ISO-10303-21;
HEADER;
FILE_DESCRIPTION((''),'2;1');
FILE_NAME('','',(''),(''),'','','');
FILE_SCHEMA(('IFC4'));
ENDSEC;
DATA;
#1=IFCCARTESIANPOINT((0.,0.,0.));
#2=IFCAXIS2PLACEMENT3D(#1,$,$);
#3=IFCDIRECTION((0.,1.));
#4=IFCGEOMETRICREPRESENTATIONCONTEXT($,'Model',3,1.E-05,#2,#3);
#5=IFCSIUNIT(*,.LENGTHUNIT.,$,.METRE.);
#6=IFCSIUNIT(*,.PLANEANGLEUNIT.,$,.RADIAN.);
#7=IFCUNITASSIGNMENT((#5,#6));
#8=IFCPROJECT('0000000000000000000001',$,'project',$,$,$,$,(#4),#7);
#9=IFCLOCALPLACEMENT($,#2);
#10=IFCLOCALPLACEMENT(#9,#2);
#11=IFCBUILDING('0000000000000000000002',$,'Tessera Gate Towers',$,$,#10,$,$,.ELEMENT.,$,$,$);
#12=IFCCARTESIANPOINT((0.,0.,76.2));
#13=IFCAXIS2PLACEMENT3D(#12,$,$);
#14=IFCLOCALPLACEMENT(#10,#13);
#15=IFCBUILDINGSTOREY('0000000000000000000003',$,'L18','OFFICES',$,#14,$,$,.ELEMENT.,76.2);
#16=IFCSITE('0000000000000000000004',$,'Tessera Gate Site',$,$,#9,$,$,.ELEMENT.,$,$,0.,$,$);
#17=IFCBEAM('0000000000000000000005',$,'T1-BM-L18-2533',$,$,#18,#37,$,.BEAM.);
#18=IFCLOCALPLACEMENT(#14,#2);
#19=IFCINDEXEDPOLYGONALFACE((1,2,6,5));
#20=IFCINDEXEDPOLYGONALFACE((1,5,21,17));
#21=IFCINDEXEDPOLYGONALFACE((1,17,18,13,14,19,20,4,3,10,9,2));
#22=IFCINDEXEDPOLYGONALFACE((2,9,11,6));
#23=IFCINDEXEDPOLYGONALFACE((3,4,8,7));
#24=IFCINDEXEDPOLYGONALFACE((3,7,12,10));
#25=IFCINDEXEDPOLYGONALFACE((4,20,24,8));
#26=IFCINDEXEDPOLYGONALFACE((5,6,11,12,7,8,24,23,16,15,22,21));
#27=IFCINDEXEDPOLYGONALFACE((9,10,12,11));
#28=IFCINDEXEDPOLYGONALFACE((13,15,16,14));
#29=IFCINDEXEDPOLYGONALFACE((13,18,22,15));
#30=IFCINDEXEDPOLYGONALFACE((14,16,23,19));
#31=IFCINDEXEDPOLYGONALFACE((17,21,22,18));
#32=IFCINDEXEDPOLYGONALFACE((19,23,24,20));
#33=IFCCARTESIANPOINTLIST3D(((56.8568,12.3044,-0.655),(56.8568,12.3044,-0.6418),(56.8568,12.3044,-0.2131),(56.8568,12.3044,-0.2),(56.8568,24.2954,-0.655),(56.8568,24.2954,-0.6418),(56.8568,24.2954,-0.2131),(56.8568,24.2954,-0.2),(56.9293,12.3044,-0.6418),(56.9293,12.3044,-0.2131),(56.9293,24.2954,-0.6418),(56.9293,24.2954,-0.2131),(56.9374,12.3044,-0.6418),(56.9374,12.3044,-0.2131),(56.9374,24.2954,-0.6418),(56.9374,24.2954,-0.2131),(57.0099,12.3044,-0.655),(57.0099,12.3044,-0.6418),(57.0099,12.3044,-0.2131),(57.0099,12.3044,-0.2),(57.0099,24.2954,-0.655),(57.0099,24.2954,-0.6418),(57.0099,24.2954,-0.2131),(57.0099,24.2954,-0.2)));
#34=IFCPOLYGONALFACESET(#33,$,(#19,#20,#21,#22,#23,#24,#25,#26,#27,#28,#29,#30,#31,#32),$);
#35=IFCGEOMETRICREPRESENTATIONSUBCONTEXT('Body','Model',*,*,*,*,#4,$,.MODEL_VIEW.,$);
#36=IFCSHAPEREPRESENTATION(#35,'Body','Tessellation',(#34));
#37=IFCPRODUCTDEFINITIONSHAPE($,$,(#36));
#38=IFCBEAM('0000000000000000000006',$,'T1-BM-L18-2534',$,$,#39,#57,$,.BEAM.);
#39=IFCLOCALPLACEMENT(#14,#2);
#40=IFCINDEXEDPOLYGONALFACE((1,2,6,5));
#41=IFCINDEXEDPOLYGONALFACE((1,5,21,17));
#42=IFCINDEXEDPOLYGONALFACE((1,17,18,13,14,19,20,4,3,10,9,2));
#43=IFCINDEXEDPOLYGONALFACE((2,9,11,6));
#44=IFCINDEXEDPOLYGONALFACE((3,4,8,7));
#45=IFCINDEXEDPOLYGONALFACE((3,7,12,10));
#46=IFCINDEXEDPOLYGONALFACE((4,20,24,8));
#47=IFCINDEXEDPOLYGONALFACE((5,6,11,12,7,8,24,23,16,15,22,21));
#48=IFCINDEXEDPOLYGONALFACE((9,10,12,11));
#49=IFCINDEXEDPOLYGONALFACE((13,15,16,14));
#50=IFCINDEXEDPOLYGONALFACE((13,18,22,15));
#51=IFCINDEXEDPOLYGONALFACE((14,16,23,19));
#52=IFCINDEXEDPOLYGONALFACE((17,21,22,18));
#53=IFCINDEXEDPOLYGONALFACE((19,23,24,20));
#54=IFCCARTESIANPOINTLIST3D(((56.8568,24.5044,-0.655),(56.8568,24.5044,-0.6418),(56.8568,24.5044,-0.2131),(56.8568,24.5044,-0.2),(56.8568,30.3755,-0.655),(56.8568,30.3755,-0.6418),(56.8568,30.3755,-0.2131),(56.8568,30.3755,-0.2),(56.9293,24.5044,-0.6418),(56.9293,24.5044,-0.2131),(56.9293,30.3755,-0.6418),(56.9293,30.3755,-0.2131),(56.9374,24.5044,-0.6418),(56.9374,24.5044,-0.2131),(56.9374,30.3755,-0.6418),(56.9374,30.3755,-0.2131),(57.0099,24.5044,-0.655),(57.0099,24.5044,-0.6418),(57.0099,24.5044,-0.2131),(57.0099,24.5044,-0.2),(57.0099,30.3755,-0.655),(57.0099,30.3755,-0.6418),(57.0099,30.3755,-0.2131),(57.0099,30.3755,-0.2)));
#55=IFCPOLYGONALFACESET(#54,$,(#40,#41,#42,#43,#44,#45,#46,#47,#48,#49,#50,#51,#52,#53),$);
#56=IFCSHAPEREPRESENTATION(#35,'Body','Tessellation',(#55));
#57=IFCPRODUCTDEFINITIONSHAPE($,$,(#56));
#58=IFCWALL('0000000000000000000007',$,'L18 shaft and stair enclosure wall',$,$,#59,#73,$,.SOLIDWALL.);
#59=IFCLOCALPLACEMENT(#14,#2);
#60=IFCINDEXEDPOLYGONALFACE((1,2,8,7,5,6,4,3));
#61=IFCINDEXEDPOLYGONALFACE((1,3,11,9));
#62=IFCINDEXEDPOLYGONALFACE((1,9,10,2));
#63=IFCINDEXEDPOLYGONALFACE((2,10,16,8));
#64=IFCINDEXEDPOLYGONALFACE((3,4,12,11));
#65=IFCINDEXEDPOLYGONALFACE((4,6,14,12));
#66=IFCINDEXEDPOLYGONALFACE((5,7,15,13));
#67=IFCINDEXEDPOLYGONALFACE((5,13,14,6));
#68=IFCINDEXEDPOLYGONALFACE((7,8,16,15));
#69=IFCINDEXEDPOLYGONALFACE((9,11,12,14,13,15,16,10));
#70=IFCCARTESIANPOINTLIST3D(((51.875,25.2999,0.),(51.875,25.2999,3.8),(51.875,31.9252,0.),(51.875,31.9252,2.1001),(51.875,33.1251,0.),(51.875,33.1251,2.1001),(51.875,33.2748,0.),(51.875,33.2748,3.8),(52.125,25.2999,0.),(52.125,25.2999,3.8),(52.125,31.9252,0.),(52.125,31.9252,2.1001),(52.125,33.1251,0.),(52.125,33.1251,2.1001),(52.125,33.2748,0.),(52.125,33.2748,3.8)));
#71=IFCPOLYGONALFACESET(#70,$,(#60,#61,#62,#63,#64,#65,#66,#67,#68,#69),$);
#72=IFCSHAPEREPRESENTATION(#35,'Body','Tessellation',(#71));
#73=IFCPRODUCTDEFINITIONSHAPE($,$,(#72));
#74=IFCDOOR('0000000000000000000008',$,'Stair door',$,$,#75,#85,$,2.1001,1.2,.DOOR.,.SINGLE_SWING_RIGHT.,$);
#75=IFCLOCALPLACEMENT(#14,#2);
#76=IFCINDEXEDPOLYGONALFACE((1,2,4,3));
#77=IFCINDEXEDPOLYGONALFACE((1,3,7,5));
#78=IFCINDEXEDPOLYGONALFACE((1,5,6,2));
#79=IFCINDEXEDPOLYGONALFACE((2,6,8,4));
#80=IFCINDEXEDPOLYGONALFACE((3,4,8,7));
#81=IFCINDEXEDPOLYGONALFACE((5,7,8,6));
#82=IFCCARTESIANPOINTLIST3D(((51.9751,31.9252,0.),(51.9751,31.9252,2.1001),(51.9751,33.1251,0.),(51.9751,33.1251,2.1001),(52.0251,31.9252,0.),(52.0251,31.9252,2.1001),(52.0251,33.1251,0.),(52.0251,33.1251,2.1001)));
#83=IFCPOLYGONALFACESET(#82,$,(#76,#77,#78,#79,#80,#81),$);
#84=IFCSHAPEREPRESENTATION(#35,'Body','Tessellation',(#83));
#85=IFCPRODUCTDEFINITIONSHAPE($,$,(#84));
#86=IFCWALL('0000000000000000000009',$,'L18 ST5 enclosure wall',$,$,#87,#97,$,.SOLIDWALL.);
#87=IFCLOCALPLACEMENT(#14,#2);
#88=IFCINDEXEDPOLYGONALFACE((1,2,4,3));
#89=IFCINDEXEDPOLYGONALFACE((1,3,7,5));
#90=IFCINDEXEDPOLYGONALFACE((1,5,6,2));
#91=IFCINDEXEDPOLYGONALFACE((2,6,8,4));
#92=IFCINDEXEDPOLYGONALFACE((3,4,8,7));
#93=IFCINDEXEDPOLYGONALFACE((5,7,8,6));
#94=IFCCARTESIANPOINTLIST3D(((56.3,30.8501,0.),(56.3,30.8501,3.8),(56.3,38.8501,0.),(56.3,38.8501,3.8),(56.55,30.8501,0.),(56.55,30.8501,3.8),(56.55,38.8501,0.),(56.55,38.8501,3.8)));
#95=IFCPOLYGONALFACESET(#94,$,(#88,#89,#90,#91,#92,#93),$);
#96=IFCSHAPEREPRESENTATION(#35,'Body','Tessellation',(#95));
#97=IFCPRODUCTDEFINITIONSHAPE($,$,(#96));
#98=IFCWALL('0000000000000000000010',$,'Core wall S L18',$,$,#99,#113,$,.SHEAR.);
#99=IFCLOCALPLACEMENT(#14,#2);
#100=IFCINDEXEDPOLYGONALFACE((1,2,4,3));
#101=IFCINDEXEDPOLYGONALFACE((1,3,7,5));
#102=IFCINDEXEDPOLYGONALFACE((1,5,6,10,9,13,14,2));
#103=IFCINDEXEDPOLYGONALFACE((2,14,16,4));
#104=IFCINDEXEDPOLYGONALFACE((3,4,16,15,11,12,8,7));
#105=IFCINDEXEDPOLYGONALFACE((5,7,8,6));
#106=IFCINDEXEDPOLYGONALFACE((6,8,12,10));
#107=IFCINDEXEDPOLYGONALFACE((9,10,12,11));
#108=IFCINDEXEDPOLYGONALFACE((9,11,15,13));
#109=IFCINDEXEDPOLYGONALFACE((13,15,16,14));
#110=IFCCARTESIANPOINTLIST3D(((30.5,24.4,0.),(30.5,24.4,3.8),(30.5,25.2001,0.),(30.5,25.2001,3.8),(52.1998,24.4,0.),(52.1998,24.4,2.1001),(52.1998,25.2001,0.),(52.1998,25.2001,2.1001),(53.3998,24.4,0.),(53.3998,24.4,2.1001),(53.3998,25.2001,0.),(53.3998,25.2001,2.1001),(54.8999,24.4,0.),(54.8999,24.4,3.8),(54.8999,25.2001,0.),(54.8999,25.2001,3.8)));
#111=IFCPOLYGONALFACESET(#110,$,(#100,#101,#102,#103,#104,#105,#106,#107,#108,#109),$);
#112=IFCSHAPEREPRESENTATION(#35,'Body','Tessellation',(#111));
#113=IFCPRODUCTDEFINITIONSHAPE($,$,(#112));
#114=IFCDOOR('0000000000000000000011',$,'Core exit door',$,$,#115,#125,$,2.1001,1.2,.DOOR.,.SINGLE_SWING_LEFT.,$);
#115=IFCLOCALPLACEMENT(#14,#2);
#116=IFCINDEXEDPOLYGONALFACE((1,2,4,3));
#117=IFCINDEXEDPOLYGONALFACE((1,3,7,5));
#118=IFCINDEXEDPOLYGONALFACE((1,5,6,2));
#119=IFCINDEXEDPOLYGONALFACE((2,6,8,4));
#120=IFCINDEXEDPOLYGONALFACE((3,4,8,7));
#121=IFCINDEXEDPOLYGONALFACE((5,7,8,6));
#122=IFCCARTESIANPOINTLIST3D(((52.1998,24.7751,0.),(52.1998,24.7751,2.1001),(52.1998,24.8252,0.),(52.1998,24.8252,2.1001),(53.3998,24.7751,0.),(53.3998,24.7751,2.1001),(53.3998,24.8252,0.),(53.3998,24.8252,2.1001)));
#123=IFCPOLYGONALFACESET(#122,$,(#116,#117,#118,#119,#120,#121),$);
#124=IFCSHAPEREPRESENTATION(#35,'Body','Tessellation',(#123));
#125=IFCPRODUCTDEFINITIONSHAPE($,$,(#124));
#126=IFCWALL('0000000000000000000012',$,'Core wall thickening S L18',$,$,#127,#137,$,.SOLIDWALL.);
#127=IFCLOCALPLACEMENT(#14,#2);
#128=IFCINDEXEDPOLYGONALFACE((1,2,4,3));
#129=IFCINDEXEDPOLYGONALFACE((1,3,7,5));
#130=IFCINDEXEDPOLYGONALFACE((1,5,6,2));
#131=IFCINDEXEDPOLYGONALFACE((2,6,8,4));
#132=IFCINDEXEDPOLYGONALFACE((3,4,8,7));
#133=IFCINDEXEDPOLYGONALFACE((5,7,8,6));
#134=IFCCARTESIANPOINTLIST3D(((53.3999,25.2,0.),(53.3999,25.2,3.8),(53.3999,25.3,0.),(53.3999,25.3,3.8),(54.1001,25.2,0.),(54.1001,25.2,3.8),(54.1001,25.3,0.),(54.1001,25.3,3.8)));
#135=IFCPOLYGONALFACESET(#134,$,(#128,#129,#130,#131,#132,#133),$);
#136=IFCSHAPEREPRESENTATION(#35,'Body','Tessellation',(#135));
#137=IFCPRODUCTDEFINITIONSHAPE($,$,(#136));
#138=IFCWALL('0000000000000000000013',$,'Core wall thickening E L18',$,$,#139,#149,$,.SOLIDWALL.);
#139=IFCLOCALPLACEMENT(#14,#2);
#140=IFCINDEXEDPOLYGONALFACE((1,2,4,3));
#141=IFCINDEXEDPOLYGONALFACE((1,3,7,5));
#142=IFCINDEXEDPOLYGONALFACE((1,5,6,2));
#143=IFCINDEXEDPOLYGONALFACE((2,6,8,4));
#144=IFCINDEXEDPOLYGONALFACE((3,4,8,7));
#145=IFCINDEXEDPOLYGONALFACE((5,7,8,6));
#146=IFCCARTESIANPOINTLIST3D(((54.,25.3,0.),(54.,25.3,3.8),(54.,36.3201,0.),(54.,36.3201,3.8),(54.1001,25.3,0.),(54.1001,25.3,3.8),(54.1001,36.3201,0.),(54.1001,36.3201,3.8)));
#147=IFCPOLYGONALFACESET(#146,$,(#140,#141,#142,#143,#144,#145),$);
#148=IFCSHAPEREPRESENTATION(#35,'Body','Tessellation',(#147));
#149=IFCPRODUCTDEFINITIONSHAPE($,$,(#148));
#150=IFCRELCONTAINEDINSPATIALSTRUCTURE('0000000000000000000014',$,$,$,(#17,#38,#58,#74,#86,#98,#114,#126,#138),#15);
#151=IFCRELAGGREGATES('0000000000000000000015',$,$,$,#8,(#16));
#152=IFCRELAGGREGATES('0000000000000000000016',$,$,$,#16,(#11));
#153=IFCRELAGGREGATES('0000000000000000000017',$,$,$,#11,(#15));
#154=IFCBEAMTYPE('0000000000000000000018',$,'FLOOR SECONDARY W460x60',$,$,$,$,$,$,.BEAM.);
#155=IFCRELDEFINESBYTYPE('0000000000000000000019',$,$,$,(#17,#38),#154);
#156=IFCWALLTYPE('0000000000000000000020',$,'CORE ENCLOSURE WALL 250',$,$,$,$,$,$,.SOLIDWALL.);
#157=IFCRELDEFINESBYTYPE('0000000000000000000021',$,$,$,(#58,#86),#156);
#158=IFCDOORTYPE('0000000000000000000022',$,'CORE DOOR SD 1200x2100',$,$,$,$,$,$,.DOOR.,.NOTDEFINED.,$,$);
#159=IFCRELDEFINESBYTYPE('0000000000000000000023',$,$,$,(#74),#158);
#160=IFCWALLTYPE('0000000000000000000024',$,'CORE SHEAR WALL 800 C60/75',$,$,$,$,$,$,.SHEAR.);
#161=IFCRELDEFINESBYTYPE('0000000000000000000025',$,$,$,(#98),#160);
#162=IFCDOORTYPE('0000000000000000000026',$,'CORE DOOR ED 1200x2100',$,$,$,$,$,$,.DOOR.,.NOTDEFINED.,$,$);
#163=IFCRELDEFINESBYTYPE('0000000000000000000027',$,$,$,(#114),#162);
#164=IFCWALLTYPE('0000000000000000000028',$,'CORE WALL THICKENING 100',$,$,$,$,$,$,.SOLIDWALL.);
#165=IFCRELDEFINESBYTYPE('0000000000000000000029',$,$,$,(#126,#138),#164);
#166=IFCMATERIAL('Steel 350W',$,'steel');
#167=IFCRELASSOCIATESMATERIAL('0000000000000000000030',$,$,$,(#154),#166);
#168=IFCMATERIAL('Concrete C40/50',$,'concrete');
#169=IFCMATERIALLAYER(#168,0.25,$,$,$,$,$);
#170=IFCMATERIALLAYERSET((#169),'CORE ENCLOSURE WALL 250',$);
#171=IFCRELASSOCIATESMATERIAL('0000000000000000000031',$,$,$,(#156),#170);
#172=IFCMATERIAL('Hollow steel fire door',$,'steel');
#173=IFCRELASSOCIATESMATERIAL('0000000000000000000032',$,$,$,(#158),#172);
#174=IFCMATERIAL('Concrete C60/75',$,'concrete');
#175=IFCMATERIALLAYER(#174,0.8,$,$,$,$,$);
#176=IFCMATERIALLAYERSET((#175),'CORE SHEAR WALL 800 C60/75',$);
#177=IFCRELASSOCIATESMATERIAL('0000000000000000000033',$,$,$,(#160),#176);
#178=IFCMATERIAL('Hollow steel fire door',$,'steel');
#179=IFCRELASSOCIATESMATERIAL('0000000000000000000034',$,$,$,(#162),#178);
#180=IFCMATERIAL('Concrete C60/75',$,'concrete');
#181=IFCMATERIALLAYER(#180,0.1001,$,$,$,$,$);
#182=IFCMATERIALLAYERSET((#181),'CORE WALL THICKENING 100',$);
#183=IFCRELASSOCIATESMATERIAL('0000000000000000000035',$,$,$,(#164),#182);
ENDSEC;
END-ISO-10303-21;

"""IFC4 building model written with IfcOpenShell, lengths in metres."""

from ifc_helpers import new_model, si_unit, direction, frame, frame_2d, origin, origin_2d, place, context, subcontext, project, spatial, rectangle, i_section, extrude, source, transform, mapped, material, layer, layer_set, material_profile, profile_set, type_object, element, fill, save


model = new_model("IFC4")

# Units and contexts
model_context = context("Model", 3, precision=1e-05, world=origin(), true_north=direction((0.0, 1.0)))
body_context = subcontext(model_context, "Body", "Model", "MODEL_VIEW")
ifc_project = project(units=[si_unit("LENGTHUNIT", "METRE"), si_unit("PLANEANGLEUNIT", "RADIAN")], contexts=[model_context])

# Site, building, storey
site_placement = place(None, origin())
site = spatial("IfcSite", under=ifc_project, at=site_placement, Name="Tessera Gate Site", CompositionType="ELEMENT", RefElevation=0.0)
building_placement = place(site_placement, origin())
building = spatial("IfcBuilding", under=site, at=building_placement, Name="Tessera Gate Towers", CompositionType="ELEMENT")
storey_placement = place(building_placement, frame((0.0, 0.0, 76.2)))
storey = spatial("IfcBuildingStorey", under=building, at=storey_placement, Name="L18", Description="OFFICES", CompositionType="ELEMENT", Elevation=76.2)

# Beams
ifc_material_1 = material(Name="Steel 350W", Category="steel")
ifc_material_profile_1 = material_profile(ifc_material_1, i_section(OverallWidth=0.1531, OverallDepth=0.4551, WebThickness=0.0081, FlangeThickness=0.0132, at=origin_2d()), Name="W460x60")
ifc_profile_set_1 = profile_set([ifc_material_profile_1], Name="Steel 350W")
beam_type_1 = type_object("IfcBeamType", Name="FLOOR SECONDARY W460x60", PredefinedType="BEAM", material=ifc_profile_set_1)
beam_1_placement = place(storey_placement, frame((56.9333, 12.3044, -0.4275), z_axis=(0.0, 1.0, 0.0), x_axis=(-1.0, 0.0, 0.0)))
element("IfcBeam", 1, at=beam_1_placement, inside=storey, type_object=beam_type_1, Name="T1-BM-L18-2533", PredefinedType="BEAM", context=body_context, shape_type="SweptSolid", body=[
    extrude(i_section(OverallWidth=0.1531, OverallDepth=0.4551, WebThickness=0.0081, FlangeThickness=0.0132, at=origin_2d()), origin(), (0.0, 0.0, 1.0), 11.991),
])
beam_2_placement = place(storey_placement, frame((56.9333, 24.5044, -0.4275), z_axis=(0.0, 1.0, 0.0), x_axis=(-1.0, 0.0, 0.0)))
element("IfcBeam", 2, at=beam_2_placement, inside=storey, type_object=beam_type_1, Name="T1-BM-L18-2534", PredefinedType="BEAM", context=body_context, shape_type="SweptSolid", body=[
    extrude(i_section(OverallWidth=0.1531, OverallDepth=0.4551, WebThickness=0.0081, FlangeThickness=0.0132, at=origin_2d()), origin(), (0.0, 0.0, 1.0), 5.8711),
])

# Wall, opening, door
ifc_material_2 = material(Name="Concrete C40/50", Category="concrete")
ifc_layer_1 = layer(ifc_material_2, 0.25)
ifc_layer_set_1 = layer_set([ifc_layer_1], Name="CORE ENCLOSURE WALL 250")
wall_type_1 = type_object("IfcWallType", Name="CORE ENCLOSURE WALL 250", PredefinedType="SOLIDWALL", material=ifc_layer_set_1)
wall_1_placement = place(storey_placement, frame((52.0, 25.3, 0.0), z_axis=(0.0, 0.0, 1.0), x_axis=(0.0, 1.0, 0.0)))
wall_1 = element("IfcWall", 3, at=wall_1_placement, inside=storey, type_object=wall_type_1, Name="L18 shaft and stair enclosure wall", PredefinedType="SOLIDWALL", context=body_context, shape_type="SweptSolid", body=[
    extrude(rectangle(XDim=7.9749, YDim=0.25, at=frame_2d((3.9873, 0.0))), origin(), (0.0, 0.0, 1.0), 3.8),
])
shared_shape_1 = source(origin(), body_context, "Body", "SweptSolid", [
    extrude(rectangle(XDim=1.2, YDim=2.1001, at=frame_2d((0.6001, 1.05))), frame((0.0, 0.135, 0.0), z_axis=(0.0, -1.0, 0.0), x_axis=(1.0, 0.0, 0.0)), (0.0, 0.0, 1.0), 0.27),
])
opening_1_placement = place(wall_1_placement, frame((6.625, 0.0, 0.0)))
opening_1 = element("IfcOpeningElement", 4, at=opening_1_placement, cuts=wall_1, PredefinedType="OPENING", context=body_context, shape_type="MappedRepresentation", body=[
    mapped(shared_shape_1, transform((0.0, 0.0, 0.0), scale=1.0)),
])
ifc_material_3 = material(Name="Hollow steel fire door", Category="steel")
door_type_1 = type_object("IfcDoorType", Name="CORE DOOR SD 1200x2100", OperationType="NOTDEFINED", PredefinedType="DOOR", material=ifc_material_3)
shared_shape_2 = source(origin(), body_context, "Body", "SweptSolid", [
    extrude(rectangle(XDim=1.2, YDim=2.1001, at=frame_2d((0.6001, 1.05))), frame((0.0, 0.0249, 0.0), z_axis=(0.0, -1.0, 0.0), x_axis=(1.0, 0.0, 0.0)), (0.0, 0.0, 1.0), 0.05),
])
door_1_placement = place(opening_1_placement, origin())
door_1 = element("IfcDoor", 5, at=door_1_placement, inside=storey, type_object=door_type_1, Name="Stair door", OperationType="SINGLE_SWING_RIGHT", OverallHeight=2.1001, OverallWidth=1.2, PredefinedType="DOOR", context=body_context, shape_type="MappedRepresentation", body=[
    mapped(shared_shape_2, transform((0.0, 0.0, 0.0), scale=1.0)),
])
fill(opening_1, door_1)

# Wall
wall_2_placement = place(storey_placement, frame((56.425, 30.8501, 0.0), z_axis=(0.0, 0.0, 1.0), x_axis=(0.0, 1.0, 0.0)))
element("IfcWall", 6, at=wall_2_placement, inside=storey, type_object=wall_type_1, Name="L18 ST5 enclosure wall", PredefinedType="SOLIDWALL", context=body_context, shape_type="SweptSolid", body=[
    extrude(rectangle(XDim=8.0, YDim=0.25, at=frame_2d((4.0, 0.0))), origin(), (0.0, 0.0, 1.0), 3.8),
])

# Wall, opening, door
ifc_material_4 = material(Name="Concrete C60/75", Category="concrete")
ifc_layer_2 = layer(ifc_material_4, 0.8)
ifc_layer_set_2 = layer_set([ifc_layer_2], Name="CORE SHEAR WALL 800 C60/75")
wall_type_2 = type_object("IfcWallType", Name="CORE SHEAR WALL 800 C60/75", PredefinedType="SHEAR", material=ifc_layer_set_2)
wall_3_placement = place(storey_placement, frame((54.8999, 24.8, 0.0), z_axis=(0.0, 0.0, 1.0), x_axis=(-1.0, 0.0, 0.0)))
wall_3 = element("IfcWall", 7, at=wall_3_placement, inside=storey, type_object=wall_type_2, Name="Core wall S L18", PredefinedType="SHEAR", context=body_context, shape_type="SweptSolid", body=[
    extrude(rectangle(XDim=24.3999, YDim=0.8, at=frame_2d((12.2, 0.0))), origin(), (0.0, 0.0, 1.0), 3.8),
])
shared_shape_3 = source(origin(), body_context, "Body", "SweptSolid", [
    extrude(rectangle(XDim=1.2, YDim=2.1001, at=frame_2d((0.6001, 1.05))), frame((0.0, 0.4099, 0.0), z_axis=(0.0, -1.0, 0.0), x_axis=(1.0, 0.0, 0.0)), (0.0, 0.0, 1.0), 0.8201),
])
opening_2_placement = place(wall_3_placement, frame((1.5, 0.0, 0.0)))
opening_2 = element("IfcOpeningElement", 8, at=opening_2_placement, cuts=wall_3, PredefinedType="OPENING", context=body_context, shape_type="MappedRepresentation", body=[
    mapped(shared_shape_3, transform((0.0, 0.0, 0.0), scale=1.0)),
])
ifc_material_5 = material(Name="Hollow steel fire door", Category="steel")
door_type_2 = type_object("IfcDoorType", Name="CORE DOOR ED 1200x2100", OperationType="NOTDEFINED", PredefinedType="DOOR", material=ifc_material_5)
door_2_placement = place(opening_2_placement, origin())
door_2 = element("IfcDoor", 9, at=door_2_placement, inside=storey, type_object=door_type_2, Name="Core exit door", OperationType="SINGLE_SWING_LEFT", OverallHeight=2.1001, OverallWidth=1.2, PredefinedType="DOOR", context=body_context, shape_type="MappedRepresentation", body=[
    mapped(shared_shape_2, transform((0.0, 0.0, 0.0), scale=1.0)),
])
fill(opening_2, door_2)

# Walls
ifc_material_6 = material(Name="Concrete C60/75", Category="concrete")
ifc_layer_3 = layer(ifc_material_6, 0.1001)
ifc_layer_set_3 = layer_set([ifc_layer_3], Name="CORE WALL THICKENING 100")
wall_type_3 = type_object("IfcWallType", Name="CORE WALL THICKENING 100", PredefinedType="SOLIDWALL", material=ifc_layer_set_3)
wall_4_placement = place(storey_placement, frame((53.3999, 25.25, 0.0), z_axis=(0.0, 0.0, 1.0), x_axis=(1.0, 0.0, 0.0)))
element("IfcWall", 10, at=wall_4_placement, inside=storey, type_object=wall_type_3, Name="Core wall thickening S L18", PredefinedType="SOLIDWALL", context=body_context, shape_type="SweptSolid", body=[
    extrude(rectangle(XDim=0.7002, YDim=0.1001, at=frame_2d((0.3501, 0.0))), origin(), (0.0, 0.0, 1.0), 3.8),
])
wall_5_placement = place(storey_placement, frame((54.05, 25.3, 0.0), z_axis=(0.0, 0.0, 1.0), x_axis=(0.0, 1.0, 0.0)))
element("IfcWall", 11, at=wall_5_placement, inside=storey, type_object=wall_type_3, Name="Core wall thickening E L18", PredefinedType="SOLIDWALL", context=body_context, shape_type="SweptSolid", body=[
    extrude(rectangle(XDim=11.02, YDim=0.1001, at=frame_2d((5.51, 0.0))), origin(), (0.0, 0.0, 1.0), 3.8),
])

save(model, "model.ifc")
